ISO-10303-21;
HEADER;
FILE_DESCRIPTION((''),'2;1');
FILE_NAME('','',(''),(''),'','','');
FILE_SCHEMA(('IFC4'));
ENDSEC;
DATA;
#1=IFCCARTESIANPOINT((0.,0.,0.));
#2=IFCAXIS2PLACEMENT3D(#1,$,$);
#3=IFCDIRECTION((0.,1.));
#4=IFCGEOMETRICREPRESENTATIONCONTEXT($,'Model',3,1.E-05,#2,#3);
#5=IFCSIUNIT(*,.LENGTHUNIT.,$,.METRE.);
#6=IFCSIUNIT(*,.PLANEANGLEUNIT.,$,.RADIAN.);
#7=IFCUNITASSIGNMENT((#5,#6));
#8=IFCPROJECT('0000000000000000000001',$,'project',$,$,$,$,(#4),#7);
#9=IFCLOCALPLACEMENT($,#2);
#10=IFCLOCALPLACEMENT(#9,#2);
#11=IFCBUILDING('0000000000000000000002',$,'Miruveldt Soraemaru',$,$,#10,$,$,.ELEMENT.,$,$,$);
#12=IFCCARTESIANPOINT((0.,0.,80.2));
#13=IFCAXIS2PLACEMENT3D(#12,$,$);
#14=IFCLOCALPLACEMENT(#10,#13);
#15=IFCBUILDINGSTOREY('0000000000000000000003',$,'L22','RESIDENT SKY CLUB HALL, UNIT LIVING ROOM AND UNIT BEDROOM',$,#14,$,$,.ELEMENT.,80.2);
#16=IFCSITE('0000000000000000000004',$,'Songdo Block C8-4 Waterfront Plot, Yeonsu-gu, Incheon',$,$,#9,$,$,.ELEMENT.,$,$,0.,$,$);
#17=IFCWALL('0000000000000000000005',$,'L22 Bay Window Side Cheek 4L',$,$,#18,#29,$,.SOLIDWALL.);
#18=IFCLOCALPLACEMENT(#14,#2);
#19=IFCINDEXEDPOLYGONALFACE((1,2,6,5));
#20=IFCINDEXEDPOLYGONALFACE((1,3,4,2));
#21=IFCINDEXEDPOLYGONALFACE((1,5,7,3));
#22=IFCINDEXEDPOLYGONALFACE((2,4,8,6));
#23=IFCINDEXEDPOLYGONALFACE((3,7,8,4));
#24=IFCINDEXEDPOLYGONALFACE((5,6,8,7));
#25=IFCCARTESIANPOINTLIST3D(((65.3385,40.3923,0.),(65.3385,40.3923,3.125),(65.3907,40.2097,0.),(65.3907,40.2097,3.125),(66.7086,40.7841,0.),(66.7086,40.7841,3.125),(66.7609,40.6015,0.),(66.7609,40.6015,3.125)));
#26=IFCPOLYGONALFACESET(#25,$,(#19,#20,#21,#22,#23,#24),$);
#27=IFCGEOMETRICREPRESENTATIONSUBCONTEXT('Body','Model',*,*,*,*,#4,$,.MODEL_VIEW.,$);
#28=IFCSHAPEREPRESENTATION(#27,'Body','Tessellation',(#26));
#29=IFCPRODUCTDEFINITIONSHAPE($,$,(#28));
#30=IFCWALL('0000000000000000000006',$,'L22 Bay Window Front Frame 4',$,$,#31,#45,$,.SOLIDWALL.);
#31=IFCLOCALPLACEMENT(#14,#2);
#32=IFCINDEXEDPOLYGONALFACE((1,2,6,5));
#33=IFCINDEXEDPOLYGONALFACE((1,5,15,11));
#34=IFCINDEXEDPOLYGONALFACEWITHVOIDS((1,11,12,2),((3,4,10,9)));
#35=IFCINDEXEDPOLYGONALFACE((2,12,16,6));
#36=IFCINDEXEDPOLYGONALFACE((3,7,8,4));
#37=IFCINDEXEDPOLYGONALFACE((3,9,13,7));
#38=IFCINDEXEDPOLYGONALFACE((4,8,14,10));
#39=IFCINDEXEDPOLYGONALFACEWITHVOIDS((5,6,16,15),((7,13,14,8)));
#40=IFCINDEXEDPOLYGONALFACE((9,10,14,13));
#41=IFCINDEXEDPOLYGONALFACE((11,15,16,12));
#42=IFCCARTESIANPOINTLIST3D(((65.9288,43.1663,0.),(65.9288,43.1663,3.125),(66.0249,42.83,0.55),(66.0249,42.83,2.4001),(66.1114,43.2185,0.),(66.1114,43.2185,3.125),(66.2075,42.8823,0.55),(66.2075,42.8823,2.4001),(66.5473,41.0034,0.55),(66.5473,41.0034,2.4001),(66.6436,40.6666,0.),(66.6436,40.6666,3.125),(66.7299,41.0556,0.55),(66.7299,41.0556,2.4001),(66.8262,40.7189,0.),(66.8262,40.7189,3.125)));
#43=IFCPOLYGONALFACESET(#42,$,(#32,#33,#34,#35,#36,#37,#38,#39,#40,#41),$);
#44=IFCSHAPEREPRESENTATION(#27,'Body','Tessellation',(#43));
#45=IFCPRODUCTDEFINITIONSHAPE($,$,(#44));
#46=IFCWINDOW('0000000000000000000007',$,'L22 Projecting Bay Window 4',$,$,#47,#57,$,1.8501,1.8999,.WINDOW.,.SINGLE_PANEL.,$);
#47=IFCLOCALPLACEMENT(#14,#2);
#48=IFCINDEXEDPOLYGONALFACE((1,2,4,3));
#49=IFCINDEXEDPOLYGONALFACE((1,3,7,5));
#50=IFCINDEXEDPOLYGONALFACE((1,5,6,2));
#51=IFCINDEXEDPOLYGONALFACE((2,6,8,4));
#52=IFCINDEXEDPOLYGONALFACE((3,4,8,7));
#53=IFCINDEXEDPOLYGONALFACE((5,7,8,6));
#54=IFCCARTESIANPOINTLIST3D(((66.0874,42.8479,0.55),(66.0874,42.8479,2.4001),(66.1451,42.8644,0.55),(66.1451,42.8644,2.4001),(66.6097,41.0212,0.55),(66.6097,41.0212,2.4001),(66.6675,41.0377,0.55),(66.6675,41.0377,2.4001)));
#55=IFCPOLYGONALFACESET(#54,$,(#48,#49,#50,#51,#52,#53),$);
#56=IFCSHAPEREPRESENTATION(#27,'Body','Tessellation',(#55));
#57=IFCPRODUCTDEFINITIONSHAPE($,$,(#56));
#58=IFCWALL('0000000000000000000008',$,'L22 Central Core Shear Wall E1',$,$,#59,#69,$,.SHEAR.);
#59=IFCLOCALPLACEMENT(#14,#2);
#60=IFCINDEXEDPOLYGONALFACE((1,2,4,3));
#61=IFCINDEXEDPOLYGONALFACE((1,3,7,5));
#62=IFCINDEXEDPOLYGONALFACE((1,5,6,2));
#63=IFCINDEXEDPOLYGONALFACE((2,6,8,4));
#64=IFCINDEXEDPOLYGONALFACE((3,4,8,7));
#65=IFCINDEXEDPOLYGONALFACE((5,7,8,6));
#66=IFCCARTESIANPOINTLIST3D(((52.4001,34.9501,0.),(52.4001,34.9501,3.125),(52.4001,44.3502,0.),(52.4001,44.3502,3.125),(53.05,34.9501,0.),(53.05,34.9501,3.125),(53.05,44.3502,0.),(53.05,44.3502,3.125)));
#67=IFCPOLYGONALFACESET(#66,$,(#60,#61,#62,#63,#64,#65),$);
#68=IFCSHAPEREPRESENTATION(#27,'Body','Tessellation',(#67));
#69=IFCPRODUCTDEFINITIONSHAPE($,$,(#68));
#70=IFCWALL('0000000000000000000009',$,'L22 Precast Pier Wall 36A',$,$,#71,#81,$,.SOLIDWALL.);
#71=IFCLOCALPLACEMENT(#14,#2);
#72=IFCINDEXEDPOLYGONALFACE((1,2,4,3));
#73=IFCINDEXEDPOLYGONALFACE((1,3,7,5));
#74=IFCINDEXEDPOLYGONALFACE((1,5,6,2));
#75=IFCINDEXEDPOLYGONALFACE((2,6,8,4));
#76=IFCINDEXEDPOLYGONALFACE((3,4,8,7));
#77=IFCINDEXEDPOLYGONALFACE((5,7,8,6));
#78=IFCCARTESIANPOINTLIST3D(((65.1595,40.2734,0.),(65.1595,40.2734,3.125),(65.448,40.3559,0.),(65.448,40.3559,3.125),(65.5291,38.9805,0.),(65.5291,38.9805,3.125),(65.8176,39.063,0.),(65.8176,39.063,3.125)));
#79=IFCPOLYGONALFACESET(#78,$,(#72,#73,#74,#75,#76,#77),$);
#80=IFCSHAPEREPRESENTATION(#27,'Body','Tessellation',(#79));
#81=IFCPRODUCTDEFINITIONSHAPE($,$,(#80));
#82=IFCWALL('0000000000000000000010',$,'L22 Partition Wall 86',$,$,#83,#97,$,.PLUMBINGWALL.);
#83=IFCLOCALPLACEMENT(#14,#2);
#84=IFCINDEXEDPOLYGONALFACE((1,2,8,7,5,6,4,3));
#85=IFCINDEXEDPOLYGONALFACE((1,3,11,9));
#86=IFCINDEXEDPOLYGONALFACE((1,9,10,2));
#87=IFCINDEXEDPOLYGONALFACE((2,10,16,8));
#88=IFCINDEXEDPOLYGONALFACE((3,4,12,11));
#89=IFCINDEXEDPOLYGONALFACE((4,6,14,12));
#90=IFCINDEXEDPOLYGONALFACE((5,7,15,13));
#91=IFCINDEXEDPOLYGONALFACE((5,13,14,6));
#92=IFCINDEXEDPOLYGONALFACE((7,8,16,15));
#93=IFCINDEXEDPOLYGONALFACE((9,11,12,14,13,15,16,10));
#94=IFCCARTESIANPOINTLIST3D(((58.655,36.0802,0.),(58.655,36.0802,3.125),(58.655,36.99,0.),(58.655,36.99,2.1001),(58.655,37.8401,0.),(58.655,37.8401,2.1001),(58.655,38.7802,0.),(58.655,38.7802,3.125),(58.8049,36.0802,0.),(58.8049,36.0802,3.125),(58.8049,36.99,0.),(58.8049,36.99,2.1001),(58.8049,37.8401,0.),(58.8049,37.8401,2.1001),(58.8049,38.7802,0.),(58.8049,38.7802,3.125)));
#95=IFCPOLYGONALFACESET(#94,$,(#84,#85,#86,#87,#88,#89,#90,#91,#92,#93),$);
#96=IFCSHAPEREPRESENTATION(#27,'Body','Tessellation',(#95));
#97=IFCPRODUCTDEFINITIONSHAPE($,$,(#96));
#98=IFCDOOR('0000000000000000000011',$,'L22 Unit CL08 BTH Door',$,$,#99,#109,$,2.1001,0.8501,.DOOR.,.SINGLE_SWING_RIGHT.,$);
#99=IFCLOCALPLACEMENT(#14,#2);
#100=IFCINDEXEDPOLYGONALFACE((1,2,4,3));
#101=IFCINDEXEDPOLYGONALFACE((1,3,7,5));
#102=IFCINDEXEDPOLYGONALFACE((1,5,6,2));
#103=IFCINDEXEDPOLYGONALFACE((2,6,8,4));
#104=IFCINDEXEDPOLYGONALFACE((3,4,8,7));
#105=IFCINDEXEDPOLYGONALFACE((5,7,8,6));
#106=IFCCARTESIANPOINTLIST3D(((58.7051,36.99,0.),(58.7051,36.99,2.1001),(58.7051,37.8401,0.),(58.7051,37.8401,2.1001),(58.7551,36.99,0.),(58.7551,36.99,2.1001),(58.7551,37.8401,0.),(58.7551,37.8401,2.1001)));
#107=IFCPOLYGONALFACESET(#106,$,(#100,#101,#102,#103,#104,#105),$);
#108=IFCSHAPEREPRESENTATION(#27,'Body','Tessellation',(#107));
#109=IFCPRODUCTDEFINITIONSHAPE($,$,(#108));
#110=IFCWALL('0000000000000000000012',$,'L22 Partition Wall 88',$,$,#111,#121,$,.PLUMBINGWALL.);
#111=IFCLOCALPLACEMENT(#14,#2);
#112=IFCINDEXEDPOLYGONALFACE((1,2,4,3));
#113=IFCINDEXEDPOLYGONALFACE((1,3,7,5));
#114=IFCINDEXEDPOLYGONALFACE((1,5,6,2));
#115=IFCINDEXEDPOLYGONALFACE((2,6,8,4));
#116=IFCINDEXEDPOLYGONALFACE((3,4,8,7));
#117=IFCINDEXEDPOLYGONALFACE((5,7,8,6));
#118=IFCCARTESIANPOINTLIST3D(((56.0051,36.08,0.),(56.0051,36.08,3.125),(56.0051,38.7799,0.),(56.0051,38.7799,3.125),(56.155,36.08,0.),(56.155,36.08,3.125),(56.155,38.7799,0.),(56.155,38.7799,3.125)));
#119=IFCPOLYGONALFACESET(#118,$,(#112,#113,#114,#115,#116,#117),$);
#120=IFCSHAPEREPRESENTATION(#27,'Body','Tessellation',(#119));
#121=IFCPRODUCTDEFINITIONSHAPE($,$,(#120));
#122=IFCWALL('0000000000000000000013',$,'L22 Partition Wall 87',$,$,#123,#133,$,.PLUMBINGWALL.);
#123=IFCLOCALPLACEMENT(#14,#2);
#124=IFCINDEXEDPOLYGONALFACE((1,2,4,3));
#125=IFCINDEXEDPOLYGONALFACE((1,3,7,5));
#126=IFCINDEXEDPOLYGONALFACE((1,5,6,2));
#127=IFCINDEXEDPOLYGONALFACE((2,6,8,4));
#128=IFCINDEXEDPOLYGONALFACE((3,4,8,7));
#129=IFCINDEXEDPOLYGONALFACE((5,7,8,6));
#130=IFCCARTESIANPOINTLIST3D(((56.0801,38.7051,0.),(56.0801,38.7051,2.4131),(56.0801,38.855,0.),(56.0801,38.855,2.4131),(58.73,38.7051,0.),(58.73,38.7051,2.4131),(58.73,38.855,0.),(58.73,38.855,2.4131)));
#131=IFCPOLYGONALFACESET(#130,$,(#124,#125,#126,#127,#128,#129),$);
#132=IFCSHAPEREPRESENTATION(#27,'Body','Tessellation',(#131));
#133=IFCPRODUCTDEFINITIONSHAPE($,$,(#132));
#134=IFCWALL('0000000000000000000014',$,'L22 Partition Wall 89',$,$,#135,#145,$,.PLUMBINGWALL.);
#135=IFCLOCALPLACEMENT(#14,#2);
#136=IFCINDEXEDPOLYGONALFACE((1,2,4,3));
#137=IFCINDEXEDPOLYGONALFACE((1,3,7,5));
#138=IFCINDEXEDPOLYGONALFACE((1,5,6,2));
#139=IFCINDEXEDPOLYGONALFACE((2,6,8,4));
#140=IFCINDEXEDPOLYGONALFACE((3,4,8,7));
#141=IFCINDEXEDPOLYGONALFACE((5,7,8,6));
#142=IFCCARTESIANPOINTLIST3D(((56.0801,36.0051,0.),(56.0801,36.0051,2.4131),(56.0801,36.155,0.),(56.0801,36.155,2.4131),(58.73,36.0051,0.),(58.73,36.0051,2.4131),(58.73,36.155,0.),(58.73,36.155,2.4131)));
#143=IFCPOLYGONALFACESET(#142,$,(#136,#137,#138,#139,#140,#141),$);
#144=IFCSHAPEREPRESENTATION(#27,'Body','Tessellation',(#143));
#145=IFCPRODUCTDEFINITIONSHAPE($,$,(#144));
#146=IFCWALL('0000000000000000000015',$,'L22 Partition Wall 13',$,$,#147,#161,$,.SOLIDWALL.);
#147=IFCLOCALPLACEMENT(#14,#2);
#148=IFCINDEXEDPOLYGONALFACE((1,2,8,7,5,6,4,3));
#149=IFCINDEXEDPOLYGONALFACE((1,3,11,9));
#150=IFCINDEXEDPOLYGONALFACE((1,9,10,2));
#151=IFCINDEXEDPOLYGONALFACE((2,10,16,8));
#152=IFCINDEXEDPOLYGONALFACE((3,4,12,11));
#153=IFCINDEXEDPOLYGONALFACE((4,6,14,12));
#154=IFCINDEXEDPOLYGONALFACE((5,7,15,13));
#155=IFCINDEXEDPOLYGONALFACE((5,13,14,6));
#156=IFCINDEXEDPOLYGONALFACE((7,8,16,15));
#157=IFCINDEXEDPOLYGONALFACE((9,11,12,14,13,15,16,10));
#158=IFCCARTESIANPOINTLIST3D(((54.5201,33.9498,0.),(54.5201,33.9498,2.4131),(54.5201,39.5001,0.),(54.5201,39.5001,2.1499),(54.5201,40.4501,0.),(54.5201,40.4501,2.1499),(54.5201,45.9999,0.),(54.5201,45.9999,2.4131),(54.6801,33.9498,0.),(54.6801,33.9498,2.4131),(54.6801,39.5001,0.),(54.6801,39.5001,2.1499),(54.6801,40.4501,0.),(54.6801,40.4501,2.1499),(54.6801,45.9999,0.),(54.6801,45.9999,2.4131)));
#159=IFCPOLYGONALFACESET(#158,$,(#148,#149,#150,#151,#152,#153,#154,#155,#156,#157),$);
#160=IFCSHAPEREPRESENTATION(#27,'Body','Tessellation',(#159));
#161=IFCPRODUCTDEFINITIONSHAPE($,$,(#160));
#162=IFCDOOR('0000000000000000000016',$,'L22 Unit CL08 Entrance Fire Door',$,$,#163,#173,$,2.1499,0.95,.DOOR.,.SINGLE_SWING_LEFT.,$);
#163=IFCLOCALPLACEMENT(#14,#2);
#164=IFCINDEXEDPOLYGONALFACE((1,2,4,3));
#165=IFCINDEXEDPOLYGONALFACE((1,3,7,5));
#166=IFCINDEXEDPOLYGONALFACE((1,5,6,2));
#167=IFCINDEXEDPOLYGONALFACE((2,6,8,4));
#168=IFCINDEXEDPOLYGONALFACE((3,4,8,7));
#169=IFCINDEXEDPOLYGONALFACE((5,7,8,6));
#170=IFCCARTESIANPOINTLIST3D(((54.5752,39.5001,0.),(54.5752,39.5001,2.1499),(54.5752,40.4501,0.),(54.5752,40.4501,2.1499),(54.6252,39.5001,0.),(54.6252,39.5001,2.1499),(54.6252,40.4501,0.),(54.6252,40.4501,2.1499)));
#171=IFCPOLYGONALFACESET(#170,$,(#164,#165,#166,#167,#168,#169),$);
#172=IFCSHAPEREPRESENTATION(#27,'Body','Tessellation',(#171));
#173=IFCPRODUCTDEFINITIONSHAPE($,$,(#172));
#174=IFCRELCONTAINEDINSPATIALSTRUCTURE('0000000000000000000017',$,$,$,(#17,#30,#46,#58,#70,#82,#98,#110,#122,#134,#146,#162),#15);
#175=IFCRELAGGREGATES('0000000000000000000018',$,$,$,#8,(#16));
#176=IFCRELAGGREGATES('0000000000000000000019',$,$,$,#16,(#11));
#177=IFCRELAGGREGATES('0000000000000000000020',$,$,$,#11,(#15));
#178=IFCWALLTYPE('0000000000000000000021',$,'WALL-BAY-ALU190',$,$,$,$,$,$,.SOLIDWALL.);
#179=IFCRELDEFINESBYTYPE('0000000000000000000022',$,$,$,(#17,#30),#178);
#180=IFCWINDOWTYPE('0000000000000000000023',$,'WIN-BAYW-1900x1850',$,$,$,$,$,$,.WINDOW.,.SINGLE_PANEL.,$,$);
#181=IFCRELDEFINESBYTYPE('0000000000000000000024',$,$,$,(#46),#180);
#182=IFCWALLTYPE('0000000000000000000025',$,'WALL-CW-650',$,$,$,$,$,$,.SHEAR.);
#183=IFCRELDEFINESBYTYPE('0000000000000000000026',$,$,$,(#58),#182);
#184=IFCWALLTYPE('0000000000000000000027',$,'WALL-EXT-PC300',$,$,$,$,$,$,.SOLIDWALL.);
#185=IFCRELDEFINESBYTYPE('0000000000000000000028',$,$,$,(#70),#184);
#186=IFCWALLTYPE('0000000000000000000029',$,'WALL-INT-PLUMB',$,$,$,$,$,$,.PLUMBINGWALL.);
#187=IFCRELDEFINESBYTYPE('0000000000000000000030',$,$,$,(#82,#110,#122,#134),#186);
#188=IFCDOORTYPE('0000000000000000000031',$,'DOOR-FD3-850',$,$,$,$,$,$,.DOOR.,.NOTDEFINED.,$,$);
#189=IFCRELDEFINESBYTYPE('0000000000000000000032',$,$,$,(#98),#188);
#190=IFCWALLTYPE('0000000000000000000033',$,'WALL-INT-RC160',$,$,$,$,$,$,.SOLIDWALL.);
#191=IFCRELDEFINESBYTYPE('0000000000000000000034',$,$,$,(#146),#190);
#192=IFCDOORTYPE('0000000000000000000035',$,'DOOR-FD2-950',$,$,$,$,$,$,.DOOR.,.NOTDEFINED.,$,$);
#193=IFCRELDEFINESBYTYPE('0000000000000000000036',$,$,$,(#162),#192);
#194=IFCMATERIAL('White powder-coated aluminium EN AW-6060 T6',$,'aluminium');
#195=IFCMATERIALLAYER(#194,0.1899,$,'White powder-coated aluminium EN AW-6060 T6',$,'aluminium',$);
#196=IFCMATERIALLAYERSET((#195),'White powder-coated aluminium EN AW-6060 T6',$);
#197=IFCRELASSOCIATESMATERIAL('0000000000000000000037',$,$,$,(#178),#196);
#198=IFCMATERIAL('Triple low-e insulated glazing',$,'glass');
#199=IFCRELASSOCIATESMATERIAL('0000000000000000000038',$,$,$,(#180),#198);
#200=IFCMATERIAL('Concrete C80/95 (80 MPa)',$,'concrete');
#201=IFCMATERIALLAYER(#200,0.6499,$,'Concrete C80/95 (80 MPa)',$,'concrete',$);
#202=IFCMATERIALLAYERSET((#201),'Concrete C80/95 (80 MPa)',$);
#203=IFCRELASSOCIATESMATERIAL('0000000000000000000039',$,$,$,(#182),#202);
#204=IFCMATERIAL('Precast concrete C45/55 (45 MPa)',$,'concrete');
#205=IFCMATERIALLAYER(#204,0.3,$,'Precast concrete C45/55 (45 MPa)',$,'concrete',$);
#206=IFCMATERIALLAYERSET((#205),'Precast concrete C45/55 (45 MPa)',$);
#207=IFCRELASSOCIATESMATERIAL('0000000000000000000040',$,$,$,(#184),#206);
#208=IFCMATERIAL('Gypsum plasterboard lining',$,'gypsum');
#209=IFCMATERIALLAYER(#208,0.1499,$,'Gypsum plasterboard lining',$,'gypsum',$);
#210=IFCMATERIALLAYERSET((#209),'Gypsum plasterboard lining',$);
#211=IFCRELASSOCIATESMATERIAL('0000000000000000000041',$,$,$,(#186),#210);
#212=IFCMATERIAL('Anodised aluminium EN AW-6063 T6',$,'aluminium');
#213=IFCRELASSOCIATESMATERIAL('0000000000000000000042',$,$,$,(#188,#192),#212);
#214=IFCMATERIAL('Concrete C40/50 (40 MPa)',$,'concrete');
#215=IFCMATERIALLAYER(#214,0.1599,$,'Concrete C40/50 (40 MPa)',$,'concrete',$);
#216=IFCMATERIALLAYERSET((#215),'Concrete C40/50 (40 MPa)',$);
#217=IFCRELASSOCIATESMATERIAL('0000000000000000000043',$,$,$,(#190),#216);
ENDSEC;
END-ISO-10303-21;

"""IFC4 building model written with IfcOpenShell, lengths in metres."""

from ifc_helpers import new_model, si_unit, direction, frame, frame_2d, origin, place, context, subcontext, project, spatial, rectangle, extrude, material, layer, layer_set, type_object, element, fill, save


model = new_model("IFC4")

# Units and contexts
model_context = context("Model", 3, precision=1e-05, world=origin(), true_north=direction((0.0, 1.0)))
body_context = subcontext(model_context, "Body", "Model", "MODEL_VIEW")
ifc_project = project(units=[si_unit("LENGTHUNIT", "METRE"), si_unit("PLANEANGLEUNIT", "RADIAN")], contexts=[model_context])

# Site, building, storey
site_placement = place(None, origin())
site = spatial("IfcSite", under=ifc_project, at=site_placement, Name="Songdo Block C8-4 Waterfront Plot, Yeonsu-gu, Incheon", CompositionType="ELEMENT", RefElevation=0.0)
building_placement = place(site_placement, origin())
building = spatial("IfcBuilding", under=site, at=building_placement, Name="Miruveldt Soraemaru", CompositionType="ELEMENT")
storey_placement = place(building_placement, frame((0.0, 0.0, 80.2)))
storey = spatial("IfcBuildingStorey", under=building, at=storey_placement, Name="L22", Description="RESIDENT SKY CLUB HALL, UNIT LIVING ROOM AND UNIT BEDROOM", CompositionType="ELEMENT", Elevation=80.2)

# Wall
ifc_material_1 = material(Name="White powder-coated aluminium EN AW-6060 T6", Category="aluminium")
ifc_layer_1 = layer(ifc_material_1, 0.1899, Name="White powder-coated aluminium EN AW-6060 T6", Category="aluminium")
ifc_layer_set_1 = layer_set([ifc_layer_1], Name="White powder-coated aluminium EN AW-6060 T6")
wall_type_1 = type_object("IfcWallType", Name="WALL-BAY-ALU190", PredefinedType="SOLIDWALL", material=ifc_layer_set_1)
wall_1_placement = place(storey_placement, frame((65.3647, 40.301, 0.0), z_axis=(0.0, 0.0, 1.0), x_axis=(0.961453, 0.27497, 0.0)))
element("IfcWall", 1, at=wall_1_placement, inside=storey, type_object=wall_type_1, Name="L22 Bay Window Side Cheek 4L", PredefinedType="SOLIDWALL", context=body_context, shape_type="SweptSolid", body=[
    extrude(rectangle(XDim=1.425, YDim=0.1899, at=frame_2d((0.7124, 0.0))), origin(), (0.0, 0.0, 1.0), 3.125),
])

# Wall, opening, window
wall_2_placement = place(storey_placement, frame((66.7349, 40.6929, 0.0), z_axis=(0.0, 0.0, 1.0), x_axis=(-0.274944, 0.96146, 0.0)))
wall_2 = element("IfcWall", 2, at=wall_2_placement, inside=storey, type_object=wall_type_1, Name="L22 Bay Window Front Frame 4", PredefinedType="SOLIDWALL", context=body_context, shape_type="SweptSolid", body=[
    extrude(rectangle(XDim=2.5999, YDim=0.1899, at=frame_2d((1.2998, 0.0))), origin(), (0.0, 0.0, 1.0), 3.125),
])
opening_1_placement = place(wall_2_placement, frame((0.3501, 0.0, 0.55)))
opening_1 = element("IfcOpeningElement", 3, at=opening_1_placement, cuts=wall_2, PredefinedType="OPENING", context=body_context, shape_type="SweptSolid", body=[
    extrude(rectangle(XDim=1.8999, YDim=1.8501, at=frame_2d((0.95, 0.925))), frame((0.0, 0.105, 0.0), z_axis=(0.0, -1.0, 0.0), x_axis=(1.0, 0.0, 0.0)), (0.0, 0.0, 1.0), 0.21),
])
ifc_material_2 = material(Name="Triple low-e insulated glazing", Category="glass")
window_type = type_object("IfcWindowType", Name="WIN-BAYW-1900x1850", PartitioningType="SINGLE_PANEL", PredefinedType="WINDOW", material=ifc_material_2)
window_placement = place(opening_1_placement, origin())
window = element("IfcWindow", 4, at=window_placement, inside=storey, type_object=window_type, Name="L22 Projecting Bay Window 4", OverallHeight=1.8501, OverallWidth=1.8999, PartitioningType="SINGLE_PANEL", PredefinedType="WINDOW", context=body_context, shape_type="SweptSolid", body=[
    extrude(rectangle(XDim=1.8999, YDim=1.8501, at=frame_2d((0.95, 0.925))), frame((0.0, 0.03, 0.0), z_axis=(0.0, -1.0, 0.0), x_axis=(1.0, 0.0, 0.0)), (0.0, 0.0, 1.0), 0.0601),
])
fill(opening_1, window)

# Walls
ifc_material_3 = material(Name="Concrete C80/95 (80 MPa)", Category="concrete")
ifc_layer_2 = layer(ifc_material_3, 0.6499, Name="Concrete C80/95 (80 MPa)", Category="concrete")
ifc_layer_set_2 = layer_set([ifc_layer_2], Name="Concrete C80/95 (80 MPa)")
wall_type_2 = type_object("IfcWallType", Name="WALL-CW-650", PredefinedType="SHEAR", material=ifc_layer_set_2)
wall_3_placement = place(storey_placement, frame((52.7251, 34.95, 0.0), z_axis=(0.0, 0.0, 1.0), x_axis=(0.0, 1.0, 0.0)))
element("IfcWall", 5, at=wall_3_placement, inside=storey, type_object=wall_type_2, Name="L22 Central Core Shear Wall E1", PredefinedType="SHEAR", context=body_context, shape_type="SweptSolid", body=[
    extrude(rectangle(XDim=9.4001, YDim=0.6499, at=frame_2d((4.7002, 0.0))), origin(), (0.0, 0.0, 1.0), 3.125),
])
ifc_material_4 = material(Name="Precast concrete C45/55 (45 MPa)", Category="concrete")
ifc_layer_3 = layer(ifc_material_4, 0.3, Name="Precast concrete C45/55 (45 MPa)", Category="concrete")
ifc_layer_set_3 = layer_set([ifc_layer_3], Name="Precast concrete C45/55 (45 MPa)")
wall_type_3 = type_object("IfcWallType", Name="WALL-EXT-PC300", PredefinedType="SOLIDWALL", material=ifc_layer_set_3)
wall_4_placement = place(storey_placement, frame((65.6733, 39.0217, 0.0), z_axis=(0.0, 0.0, 1.0), x_axis=(-0.274865, 0.961483, 0.0)))
element("IfcWall", 6, at=wall_4_placement, inside=storey, type_object=wall_type_3, Name="L22 Precast Pier Wall 36A", PredefinedType="SOLIDWALL", context=body_context, shape_type="SweptSolid", body=[
    extrude(rectangle(XDim=1.3447, YDim=0.3, at=frame_2d((0.6724, 0.0))), origin(), (0.0, 0.0, 1.0), 3.125),
])

# Wall, opening, door
ifc_material_5 = material(Name="Gypsum plasterboard lining", Category="gypsum")
ifc_layer_4 = layer(ifc_material_5, 0.1499, Name="Gypsum plasterboard lining", Category="gypsum")
ifc_layer_set_4 = layer_set([ifc_layer_4], Name="Gypsum plasterboard lining")
wall_type_4 = type_object("IfcWallType", Name="WALL-INT-PLUMB", PredefinedType="PLUMBINGWALL", material=ifc_layer_set_4)
wall_5_placement = place(storey_placement, frame((58.73, 36.0801, 0.0), z_axis=(0.0, 0.0, 1.0), x_axis=(0.0, 1.0, 0.0)))
wall_5 = element("IfcWall", 7, at=wall_5_placement, inside=storey, type_object=wall_type_4, Name="L22 Partition Wall 86", PredefinedType="PLUMBINGWALL", context=body_context, shape_type="SweptSolid", body=[
    extrude(rectangle(XDim=2.7, YDim=0.1499, at=frame_2d((1.3501, 0.0))), origin(), (0.0, 0.0, 1.0), 3.125),
])
opening_2_placement = place(wall_5_placement, frame((0.9099, 0.0, 0.0)))
opening_2 = element("IfcOpeningElement", 8, at=opening_2_placement, cuts=wall_5, PredefinedType="OPENING", context=body_context, shape_type="SweptSolid", body=[
    extrude(rectangle(XDim=0.8501, YDim=2.1001, at=frame_2d((0.425, 1.05))), frame((0.0, 0.085, 0.0), z_axis=(0.0, -1.0, 0.0), x_axis=(1.0, 0.0, 0.0)), (0.0, 0.0, 1.0), 0.1699),
])
ifc_material_6 = material(Name="Anodised aluminium EN AW-6063 T6", Category="aluminium")
door_type_1 = type_object("IfcDoorType", Name="DOOR-FD3-850", OperationType="NOTDEFINED", PredefinedType="DOOR", material=ifc_material_6)
door_1_placement = place(opening_2_placement, origin())
door_1 = element("IfcDoor", 9, at=door_1_placement, inside=storey, type_object=door_type_1, Name="L22 Unit CL08 BTH Door", OperationType="SINGLE_SWING_RIGHT", OverallHeight=2.1001, OverallWidth=0.8501, PredefinedType="DOOR", context=body_context, shape_type="SweptSolid", body=[
    extrude(rectangle(XDim=0.8501, YDim=2.1001, at=frame_2d((0.425, 1.05))), frame((0.0, 0.0249, 0.0), z_axis=(0.0, -1.0, 0.0), x_axis=(1.0, 0.0, 0.0)), (0.0, 0.0, 1.0), 0.05),
])
fill(opening_2, door_1)

# Walls
wall_6_placement = place(storey_placement, frame((56.0801, 38.78, 0.0), z_axis=(0.0, 0.0, 1.0), x_axis=(0.0, -1.0, 0.0)))
element("IfcWall", 10, at=wall_6_placement, inside=storey, type_object=wall_type_4, Name="L22 Partition Wall 88", PredefinedType="PLUMBINGWALL", context=body_context, shape_type="SweptSolid", body=[
    extrude(rectangle(XDim=2.7, YDim=0.1499, at=frame_2d((1.3501, 0.0))), origin(), (0.0, 0.0, 1.0), 3.125),
])
for number, where, z_axis, x_axis, name in (
    (11, (58.73, 38.78, 0.0), (0.0, 0.0, 1.0), (-1.0, 0.0, 0.0), "L22 Partition Wall 87"),
    (12, (56.0801, 36.0801, 0.0), (0.0, 0.0, 1.0), (1.0, 0.0, 0.0), "L22 Partition Wall 89"),
):
    element("IfcWall", number, at=place(storey_placement, frame(where, z_axis=z_axis, x_axis=x_axis)), inside=storey, type_object=wall_type_4, Name=name, PredefinedType="PLUMBINGWALL", context=body_context, shape_type="SweptSolid", body=[
        extrude(rectangle(XDim=2.6499, YDim=0.1499, at=frame_2d((1.325, 0.0))), origin(), (0.0, 0.0, 1.0), 2.4131),
    ])

# Wall, opening, door
ifc_material_7 = material(Name="Concrete C40/50 (40 MPa)", Category="concrete")
ifc_layer_5 = layer(ifc_material_7, 0.1599, Name="Concrete C40/50 (40 MPa)", Category="concrete")
ifc_layer_set_5 = layer_set([ifc_layer_5], Name="Concrete C40/50 (40 MPa)")
wall_type_5 = type_object("IfcWallType", Name="WALL-INT-RC160", PredefinedType="SOLIDWALL", material=ifc_layer_set_5)
wall_7_placement = place(storey_placement, frame((54.6001, 33.95, 0.0), z_axis=(0.0, 0.0, 1.0), x_axis=(0.0, 1.0, 0.0)))
wall_7 = element("IfcWall", 13, at=wall_7_placement, inside=storey, type_object=wall_type_5, Name="L22 Partition Wall 13", PredefinedType="SOLIDWALL", context=body_context, shape_type="SweptSolid", body=[
    extrude(rectangle(XDim=12.05, YDim=0.1599, at=frame_2d((6.0249, 0.0))), origin(), (0.0, 0.0, 1.0), 2.4131),
])
opening_3_placement = place(wall_7_placement, frame((5.55, 0.0, 0.0)))
opening_3 = element("IfcOpeningElement", 14, at=opening_3_placement, cuts=wall_7, PredefinedType="OPENING", context=body_context, shape_type="SweptSolid", body=[
    extrude(rectangle(XDim=0.95, YDim=2.1499, at=frame_2d((0.4751, 1.075))), frame((0.0, 0.0898, 0.0), z_axis=(0.0, -1.0, 0.0), x_axis=(1.0, 0.0, 0.0)), (0.0, 0.0, 1.0), 0.1799),
])
door_type_2 = type_object("IfcDoorType", Name="DOOR-FD2-950", OperationType="NOTDEFINED", PredefinedType="DOOR", material=ifc_material_6)
door_2_placement = place(opening_3_placement, origin())
door_2 = element("IfcDoor", 15, at=door_2_placement, inside=storey, type_object=door_type_2, Name="L22 Unit CL08 Entrance Fire Door", OperationType="SINGLE_SWING_LEFT", OverallHeight=2.1499, OverallWidth=0.95, PredefinedType="DOOR", context=body_context, shape_type="SweptSolid", body=[
    extrude(rectangle(XDim=0.95, YDim=2.1499, at=frame_2d((0.4751, 1.075))), frame((0.0, 0.0249, 0.0), z_axis=(0.0, -1.0, 0.0), x_axis=(1.0, 0.0, 0.0)), (0.0, 0.0, 1.0), 0.05),
])
fill(opening_3, door_2)

save(model, "model.ifc")
